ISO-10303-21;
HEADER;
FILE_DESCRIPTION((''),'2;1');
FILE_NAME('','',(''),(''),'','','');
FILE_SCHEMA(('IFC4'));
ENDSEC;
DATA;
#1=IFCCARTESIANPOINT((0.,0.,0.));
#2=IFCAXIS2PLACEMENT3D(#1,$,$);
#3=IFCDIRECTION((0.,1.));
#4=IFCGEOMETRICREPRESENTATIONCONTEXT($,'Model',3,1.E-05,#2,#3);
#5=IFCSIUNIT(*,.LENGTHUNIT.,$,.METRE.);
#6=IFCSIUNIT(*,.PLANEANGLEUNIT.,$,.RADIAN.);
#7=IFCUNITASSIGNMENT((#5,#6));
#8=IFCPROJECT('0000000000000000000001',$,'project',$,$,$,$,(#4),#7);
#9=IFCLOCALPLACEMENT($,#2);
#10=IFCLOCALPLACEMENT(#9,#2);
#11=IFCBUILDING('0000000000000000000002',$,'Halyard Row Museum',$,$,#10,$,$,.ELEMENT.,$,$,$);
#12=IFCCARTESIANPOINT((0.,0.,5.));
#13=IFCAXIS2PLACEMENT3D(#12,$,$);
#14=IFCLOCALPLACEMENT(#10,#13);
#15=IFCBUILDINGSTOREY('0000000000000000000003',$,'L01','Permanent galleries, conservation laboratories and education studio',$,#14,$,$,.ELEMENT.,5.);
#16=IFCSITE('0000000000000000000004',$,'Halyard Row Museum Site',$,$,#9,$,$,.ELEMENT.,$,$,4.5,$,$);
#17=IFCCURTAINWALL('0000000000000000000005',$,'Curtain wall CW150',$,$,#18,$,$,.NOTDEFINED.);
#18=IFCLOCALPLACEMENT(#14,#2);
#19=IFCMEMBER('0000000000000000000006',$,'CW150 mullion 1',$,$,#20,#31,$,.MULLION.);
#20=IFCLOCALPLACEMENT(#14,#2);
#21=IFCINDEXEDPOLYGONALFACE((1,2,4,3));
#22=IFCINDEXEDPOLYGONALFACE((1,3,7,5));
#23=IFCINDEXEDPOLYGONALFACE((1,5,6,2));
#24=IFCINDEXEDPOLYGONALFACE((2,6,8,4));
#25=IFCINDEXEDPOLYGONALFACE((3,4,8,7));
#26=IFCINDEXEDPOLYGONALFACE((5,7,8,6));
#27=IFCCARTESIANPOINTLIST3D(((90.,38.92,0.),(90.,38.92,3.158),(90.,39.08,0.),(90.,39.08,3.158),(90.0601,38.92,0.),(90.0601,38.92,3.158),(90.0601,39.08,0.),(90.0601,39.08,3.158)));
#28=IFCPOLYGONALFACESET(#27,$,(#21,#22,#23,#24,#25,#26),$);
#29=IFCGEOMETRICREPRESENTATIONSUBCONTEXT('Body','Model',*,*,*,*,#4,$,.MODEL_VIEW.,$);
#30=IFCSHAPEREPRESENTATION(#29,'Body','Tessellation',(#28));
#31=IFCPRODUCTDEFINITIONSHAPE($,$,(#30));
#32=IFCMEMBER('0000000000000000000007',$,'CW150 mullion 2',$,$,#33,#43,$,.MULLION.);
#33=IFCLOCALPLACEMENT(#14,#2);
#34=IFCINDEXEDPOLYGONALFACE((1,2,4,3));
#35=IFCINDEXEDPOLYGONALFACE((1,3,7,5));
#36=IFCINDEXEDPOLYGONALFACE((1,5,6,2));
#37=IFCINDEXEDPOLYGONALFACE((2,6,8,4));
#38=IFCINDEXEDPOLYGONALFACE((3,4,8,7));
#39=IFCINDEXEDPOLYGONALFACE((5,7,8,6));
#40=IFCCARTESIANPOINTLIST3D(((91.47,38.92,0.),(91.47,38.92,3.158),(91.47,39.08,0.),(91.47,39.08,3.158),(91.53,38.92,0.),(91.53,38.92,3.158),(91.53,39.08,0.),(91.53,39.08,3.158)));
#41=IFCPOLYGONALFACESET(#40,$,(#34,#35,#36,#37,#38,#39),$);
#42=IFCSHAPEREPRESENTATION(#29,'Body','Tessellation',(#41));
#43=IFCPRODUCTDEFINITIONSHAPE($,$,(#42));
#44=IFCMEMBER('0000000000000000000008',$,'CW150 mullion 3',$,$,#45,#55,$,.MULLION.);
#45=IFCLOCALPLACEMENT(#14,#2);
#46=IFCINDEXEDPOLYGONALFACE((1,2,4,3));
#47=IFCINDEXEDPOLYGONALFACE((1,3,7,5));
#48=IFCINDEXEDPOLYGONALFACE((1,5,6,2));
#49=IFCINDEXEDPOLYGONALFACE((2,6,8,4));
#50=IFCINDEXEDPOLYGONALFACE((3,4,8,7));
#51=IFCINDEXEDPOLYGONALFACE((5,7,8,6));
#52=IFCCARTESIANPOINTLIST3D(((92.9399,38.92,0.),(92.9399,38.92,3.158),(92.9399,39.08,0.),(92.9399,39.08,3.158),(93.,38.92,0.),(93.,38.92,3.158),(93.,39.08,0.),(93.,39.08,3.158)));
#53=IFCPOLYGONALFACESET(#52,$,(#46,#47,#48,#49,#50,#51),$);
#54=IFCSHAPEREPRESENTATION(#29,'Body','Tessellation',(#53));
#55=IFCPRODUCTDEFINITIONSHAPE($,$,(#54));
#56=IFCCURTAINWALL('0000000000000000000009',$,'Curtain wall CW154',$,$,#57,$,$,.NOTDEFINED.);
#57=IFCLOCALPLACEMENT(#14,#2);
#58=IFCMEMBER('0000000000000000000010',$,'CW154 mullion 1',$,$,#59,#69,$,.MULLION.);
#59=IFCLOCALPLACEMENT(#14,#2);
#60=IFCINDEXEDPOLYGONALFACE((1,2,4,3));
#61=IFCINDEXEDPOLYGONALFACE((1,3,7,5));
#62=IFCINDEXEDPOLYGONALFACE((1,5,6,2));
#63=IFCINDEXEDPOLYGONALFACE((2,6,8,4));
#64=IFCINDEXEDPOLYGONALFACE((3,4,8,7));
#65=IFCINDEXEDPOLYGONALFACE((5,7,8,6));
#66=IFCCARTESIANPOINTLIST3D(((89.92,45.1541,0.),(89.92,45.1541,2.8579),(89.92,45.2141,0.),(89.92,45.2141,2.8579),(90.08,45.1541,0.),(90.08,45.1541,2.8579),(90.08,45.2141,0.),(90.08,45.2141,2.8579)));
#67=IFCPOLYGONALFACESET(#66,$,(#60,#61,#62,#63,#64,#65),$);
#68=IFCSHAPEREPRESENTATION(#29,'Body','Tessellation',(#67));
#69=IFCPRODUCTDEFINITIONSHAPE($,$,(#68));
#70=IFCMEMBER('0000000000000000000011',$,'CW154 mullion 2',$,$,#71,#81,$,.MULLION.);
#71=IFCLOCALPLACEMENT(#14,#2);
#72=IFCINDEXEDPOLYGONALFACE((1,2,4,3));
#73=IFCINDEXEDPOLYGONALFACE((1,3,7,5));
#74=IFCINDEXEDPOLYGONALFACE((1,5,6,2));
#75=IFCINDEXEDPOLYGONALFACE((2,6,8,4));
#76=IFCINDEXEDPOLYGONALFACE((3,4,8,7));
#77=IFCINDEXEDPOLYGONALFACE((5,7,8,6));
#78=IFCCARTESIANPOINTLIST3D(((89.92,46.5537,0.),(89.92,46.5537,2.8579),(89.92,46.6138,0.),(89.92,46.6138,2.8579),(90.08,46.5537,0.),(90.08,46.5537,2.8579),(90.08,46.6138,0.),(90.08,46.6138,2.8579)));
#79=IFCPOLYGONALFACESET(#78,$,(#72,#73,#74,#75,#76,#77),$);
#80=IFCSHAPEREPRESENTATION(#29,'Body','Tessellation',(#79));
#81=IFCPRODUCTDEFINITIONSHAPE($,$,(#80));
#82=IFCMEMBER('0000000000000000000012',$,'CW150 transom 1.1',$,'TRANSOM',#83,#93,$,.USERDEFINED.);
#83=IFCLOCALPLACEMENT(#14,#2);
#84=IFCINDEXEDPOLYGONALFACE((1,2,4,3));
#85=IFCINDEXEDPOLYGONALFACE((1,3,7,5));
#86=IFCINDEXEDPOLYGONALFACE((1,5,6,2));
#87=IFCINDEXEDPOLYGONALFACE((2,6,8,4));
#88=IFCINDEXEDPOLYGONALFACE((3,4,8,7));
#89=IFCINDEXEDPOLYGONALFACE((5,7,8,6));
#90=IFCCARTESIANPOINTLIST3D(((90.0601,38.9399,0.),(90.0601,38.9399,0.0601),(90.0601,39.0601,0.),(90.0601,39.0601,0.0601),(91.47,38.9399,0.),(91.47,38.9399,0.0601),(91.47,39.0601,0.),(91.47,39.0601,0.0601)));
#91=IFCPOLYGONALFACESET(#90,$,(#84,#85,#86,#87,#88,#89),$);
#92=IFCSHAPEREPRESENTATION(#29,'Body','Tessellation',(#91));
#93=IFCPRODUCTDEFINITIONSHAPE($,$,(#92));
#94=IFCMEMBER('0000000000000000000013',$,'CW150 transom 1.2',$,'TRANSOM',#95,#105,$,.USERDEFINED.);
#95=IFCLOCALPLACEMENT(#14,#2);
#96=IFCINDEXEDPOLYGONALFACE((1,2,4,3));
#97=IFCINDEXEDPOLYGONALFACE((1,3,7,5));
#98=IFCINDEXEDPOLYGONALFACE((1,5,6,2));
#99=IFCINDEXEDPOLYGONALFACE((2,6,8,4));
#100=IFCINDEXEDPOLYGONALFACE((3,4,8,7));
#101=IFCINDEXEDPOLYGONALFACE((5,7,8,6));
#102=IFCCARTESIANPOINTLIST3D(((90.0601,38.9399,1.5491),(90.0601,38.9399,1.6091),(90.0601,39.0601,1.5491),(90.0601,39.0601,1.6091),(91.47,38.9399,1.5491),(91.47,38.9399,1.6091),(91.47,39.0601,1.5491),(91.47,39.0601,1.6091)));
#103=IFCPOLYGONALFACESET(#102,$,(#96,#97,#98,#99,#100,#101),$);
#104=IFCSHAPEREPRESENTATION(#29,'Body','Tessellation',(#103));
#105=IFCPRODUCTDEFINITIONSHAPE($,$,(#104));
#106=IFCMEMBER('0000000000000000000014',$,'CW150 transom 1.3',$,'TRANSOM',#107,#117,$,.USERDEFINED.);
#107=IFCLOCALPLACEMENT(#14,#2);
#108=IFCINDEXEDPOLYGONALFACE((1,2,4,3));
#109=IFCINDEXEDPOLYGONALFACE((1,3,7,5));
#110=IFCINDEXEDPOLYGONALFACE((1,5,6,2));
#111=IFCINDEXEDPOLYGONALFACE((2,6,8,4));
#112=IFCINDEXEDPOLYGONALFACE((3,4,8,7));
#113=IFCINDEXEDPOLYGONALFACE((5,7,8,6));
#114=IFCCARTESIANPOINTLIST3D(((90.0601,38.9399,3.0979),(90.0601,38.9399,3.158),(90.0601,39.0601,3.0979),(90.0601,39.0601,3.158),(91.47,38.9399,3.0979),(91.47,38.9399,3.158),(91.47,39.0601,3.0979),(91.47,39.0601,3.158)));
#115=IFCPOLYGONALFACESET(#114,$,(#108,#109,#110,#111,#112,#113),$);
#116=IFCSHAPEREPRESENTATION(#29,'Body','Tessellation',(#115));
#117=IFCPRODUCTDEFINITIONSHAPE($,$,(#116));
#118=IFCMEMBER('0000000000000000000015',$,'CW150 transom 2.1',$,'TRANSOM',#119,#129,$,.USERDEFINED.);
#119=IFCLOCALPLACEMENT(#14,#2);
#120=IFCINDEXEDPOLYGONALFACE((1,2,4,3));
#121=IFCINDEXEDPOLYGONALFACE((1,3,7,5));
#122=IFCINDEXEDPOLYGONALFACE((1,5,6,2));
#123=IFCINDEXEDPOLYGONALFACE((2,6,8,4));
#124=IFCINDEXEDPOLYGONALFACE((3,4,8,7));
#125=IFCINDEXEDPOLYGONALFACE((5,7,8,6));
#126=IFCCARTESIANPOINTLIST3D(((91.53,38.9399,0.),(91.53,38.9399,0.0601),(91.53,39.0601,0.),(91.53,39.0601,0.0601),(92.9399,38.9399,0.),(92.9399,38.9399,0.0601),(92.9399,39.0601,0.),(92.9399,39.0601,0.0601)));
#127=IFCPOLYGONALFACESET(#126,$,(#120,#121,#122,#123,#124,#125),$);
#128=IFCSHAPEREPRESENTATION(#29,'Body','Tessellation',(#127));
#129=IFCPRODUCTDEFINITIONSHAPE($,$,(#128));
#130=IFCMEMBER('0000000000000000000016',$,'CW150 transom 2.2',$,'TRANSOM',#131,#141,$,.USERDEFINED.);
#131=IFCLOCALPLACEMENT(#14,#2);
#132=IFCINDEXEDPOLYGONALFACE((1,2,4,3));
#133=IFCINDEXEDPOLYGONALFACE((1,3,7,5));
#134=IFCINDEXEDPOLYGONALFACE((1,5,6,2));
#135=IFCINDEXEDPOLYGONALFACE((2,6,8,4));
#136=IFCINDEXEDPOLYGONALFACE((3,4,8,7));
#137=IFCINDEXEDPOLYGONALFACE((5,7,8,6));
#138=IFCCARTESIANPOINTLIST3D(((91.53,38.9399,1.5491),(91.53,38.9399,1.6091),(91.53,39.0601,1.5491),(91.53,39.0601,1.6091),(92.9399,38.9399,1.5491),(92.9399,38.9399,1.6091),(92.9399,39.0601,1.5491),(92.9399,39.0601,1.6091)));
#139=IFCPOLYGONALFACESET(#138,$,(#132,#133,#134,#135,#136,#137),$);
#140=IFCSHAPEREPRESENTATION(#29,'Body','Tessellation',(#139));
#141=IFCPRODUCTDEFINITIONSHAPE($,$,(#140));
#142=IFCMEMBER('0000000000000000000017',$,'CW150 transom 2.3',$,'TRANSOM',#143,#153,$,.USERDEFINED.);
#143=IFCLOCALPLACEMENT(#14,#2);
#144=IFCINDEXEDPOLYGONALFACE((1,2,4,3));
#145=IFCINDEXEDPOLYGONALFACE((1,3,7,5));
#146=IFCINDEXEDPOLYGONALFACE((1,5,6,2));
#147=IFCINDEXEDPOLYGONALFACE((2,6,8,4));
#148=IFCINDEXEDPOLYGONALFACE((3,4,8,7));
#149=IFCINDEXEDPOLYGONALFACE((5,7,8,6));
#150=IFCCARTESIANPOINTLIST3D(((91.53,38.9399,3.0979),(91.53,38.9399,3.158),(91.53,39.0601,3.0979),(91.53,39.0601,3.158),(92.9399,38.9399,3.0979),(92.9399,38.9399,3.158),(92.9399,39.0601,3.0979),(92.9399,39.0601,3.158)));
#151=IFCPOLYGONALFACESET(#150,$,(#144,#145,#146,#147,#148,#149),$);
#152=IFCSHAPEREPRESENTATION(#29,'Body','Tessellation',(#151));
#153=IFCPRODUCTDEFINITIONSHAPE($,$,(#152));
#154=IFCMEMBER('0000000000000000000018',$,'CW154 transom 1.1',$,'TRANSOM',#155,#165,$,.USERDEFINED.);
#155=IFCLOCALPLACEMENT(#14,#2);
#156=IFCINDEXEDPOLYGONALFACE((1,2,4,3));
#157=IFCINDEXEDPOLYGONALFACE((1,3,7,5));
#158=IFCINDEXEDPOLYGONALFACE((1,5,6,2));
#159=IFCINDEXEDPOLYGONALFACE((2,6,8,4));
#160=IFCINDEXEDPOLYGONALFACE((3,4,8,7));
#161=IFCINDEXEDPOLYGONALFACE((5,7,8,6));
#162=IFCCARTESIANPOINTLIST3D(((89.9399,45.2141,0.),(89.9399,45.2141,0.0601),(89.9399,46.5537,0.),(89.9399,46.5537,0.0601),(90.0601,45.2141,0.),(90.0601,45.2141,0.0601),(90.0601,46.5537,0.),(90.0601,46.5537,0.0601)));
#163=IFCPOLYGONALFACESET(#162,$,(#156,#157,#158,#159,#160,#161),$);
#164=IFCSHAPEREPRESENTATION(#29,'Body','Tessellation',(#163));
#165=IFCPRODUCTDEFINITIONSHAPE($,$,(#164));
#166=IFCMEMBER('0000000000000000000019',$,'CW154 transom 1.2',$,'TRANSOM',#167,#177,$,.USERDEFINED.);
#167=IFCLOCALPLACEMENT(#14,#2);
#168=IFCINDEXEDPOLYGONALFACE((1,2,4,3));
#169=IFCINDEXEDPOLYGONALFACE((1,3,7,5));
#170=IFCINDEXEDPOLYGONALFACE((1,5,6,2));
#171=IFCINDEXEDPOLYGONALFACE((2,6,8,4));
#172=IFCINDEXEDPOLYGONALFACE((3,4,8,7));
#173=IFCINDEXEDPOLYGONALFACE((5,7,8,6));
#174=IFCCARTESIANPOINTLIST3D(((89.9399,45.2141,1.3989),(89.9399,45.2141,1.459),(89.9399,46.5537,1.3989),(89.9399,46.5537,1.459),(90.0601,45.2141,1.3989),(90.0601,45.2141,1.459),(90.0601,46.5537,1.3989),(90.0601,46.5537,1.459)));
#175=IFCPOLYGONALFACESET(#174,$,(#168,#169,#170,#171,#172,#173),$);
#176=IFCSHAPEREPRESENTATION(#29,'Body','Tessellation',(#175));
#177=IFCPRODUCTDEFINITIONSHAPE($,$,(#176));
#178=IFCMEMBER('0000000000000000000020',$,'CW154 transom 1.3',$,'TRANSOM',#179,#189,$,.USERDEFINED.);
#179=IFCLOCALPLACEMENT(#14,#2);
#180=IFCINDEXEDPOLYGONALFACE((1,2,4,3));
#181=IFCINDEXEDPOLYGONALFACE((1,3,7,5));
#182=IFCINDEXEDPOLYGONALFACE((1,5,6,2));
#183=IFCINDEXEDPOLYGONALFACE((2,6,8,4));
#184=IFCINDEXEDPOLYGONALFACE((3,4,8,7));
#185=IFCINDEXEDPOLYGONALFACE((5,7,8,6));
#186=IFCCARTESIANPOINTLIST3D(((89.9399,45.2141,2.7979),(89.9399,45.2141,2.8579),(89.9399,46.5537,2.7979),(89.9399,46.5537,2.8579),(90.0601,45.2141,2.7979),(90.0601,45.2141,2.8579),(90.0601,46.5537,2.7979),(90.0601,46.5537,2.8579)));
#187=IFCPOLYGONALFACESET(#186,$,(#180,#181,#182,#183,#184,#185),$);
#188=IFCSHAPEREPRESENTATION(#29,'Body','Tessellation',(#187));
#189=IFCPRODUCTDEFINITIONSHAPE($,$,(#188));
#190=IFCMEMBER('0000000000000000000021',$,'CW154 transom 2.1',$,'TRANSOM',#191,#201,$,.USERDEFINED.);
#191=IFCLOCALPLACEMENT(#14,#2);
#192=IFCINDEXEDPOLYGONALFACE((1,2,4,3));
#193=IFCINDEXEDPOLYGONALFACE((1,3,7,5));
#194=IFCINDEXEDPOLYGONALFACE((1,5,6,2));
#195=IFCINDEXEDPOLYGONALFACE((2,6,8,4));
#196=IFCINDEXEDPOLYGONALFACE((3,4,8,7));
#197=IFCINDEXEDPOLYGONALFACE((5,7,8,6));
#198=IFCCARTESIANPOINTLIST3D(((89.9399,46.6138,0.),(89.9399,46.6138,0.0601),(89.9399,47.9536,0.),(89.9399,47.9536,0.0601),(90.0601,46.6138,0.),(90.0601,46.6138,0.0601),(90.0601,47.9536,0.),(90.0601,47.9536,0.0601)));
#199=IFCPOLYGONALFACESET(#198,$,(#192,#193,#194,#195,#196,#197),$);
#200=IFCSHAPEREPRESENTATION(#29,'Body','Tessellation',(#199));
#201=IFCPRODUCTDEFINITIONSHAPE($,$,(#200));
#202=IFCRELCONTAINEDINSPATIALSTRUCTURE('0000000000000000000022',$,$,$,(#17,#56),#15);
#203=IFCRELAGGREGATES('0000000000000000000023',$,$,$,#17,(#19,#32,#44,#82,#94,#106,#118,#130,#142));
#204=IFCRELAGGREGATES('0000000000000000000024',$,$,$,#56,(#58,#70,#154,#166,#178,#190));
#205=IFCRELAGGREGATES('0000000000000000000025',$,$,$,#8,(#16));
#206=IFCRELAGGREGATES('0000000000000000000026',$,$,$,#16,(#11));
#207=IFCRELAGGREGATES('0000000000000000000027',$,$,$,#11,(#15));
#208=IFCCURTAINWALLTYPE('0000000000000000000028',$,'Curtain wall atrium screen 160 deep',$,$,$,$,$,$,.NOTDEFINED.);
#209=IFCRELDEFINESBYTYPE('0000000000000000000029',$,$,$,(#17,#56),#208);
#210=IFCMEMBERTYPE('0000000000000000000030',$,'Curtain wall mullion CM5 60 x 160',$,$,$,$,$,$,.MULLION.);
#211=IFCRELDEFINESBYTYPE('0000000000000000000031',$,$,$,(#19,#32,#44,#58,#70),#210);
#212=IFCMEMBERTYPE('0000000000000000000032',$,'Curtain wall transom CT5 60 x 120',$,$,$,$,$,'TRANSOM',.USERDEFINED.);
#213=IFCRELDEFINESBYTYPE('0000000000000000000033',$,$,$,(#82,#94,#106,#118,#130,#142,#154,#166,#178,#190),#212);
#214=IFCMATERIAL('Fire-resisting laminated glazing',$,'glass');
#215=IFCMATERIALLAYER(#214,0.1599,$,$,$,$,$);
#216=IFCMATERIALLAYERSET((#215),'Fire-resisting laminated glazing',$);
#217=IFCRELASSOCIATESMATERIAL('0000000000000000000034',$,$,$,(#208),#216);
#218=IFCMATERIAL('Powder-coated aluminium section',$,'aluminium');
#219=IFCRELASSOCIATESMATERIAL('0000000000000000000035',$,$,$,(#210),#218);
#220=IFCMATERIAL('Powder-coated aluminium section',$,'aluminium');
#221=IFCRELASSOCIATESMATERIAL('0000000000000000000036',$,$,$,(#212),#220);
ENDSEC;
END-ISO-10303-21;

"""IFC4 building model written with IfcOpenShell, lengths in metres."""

from ifc_helpers import new_model, si_unit, direction, frame, origin, origin_2d, place, context, subcontext, project, spatial, rectangle, extrude, material, layer, layer_set, material_profile, profile_set, type_object, element, aggregate, save


model = new_model("IFC4")

# Units and contexts
model_context = context("Model", 3, precision=1e-05, world=origin(), true_north=direction((0.0, 1.0)))
body_context = subcontext(model_context, "Body", "Model", "MODEL_VIEW")
ifc_project = project(units=[si_unit("LENGTHUNIT", "METRE"), si_unit("PLANEANGLEUNIT", "RADIAN")], contexts=[model_context])

# Site, building, storey
site_placement = place(None, origin())
site = spatial("IfcSite", under=ifc_project, at=site_placement, Name="Halyard Row Museum Site", CompositionType="ELEMENT", RefElevation=4.5)
building_placement = place(site_placement, origin())
building = spatial("IfcBuilding", under=site, at=building_placement, Name="Halyard Row Museum", CompositionType="ELEMENT")
storey_placement = place(building_placement, frame((0.0, 0.0, 5.0)))
storey = spatial("IfcBuildingStorey", under=building, at=storey_placement, Name="L01", Description="Permanent galleries, conservation laboratories and education studio", CompositionType="ELEMENT", Elevation=5.0)

# Curtain walls, members
ifc_material_1 = material(Name="Fire-resisting laminated glazing", Category="glass")
ifc_layer_1 = layer(ifc_material_1, 0.1599)
ifc_layer_set_1 = layer_set([ifc_layer_1], Name="Fire-resisting laminated glazing")
curtain_wall_type = type_object("IfcCurtainWallType", Name="Curtain wall atrium screen 160 deep", PredefinedType="NOTDEFINED", material=ifc_layer_set_1)
curtain_wall_1_placement = place(storey_placement, origin())
curtain_wall_1 = element("IfcCurtainWall", 1, at=curtain_wall_1_placement, inside=storey, type_object=curtain_wall_type, Name="Curtain wall CW150", PredefinedType="NOTDEFINED")
ifc_material_2 = material(Name="Powder-coated aluminium section", Category="aluminium")
ifc_material_profile_1 = material_profile(ifc_material_2, rectangle(XDim=0.1599, YDim=0.0601, at=origin_2d()), Name="160x60 mullion")
ifc_profile_set_1 = profile_set([ifc_material_profile_1], Name="Powder-coated aluminium section")
member_type_1 = type_object("IfcMemberType", Name="Curtain wall mullion CM5 60 x 160", PredefinedType="MULLION", material=ifc_profile_set_1)
member_1_placement = place(storey_placement, frame((90.03, 39.0, 0.0), z_axis=(0.0, 0.0, 1.0), x_axis=(0.0, 1.0, 0.0)))
member_1 = element("IfcMember", 2, at=member_1_placement, type_object=member_type_1, Name="CW150 mullion 1", PredefinedType="MULLION", context=body_context, shape_type="SweptSolid", body=[
    extrude(rectangle(XDim=0.1599, YDim=0.0601, at=origin_2d()), origin(), (0.0, 0.0, 1.0), 3.158),
])
member_2_placement = place(storey_placement, frame((91.5, 39.0, 0.0), z_axis=(0.0, 0.0, 1.0), x_axis=(0.0, 1.0, 0.0)))
member_2 = element("IfcMember", 3, at=member_2_placement, type_object=member_type_1, Name="CW150 mullion 2", PredefinedType="MULLION", context=body_context, shape_type="SweptSolid", body=[
    extrude(rectangle(XDim=0.1599, YDim=0.0601, at=origin_2d()), origin(), (0.0, 0.0, 1.0), 3.158),
])
member_3_placement = place(storey_placement, frame((92.97, 39.0, 0.0), z_axis=(0.0, 0.0, 1.0), x_axis=(0.0, 1.0, 0.0)))
member_3 = element("IfcMember", 4, at=member_3_placement, type_object=member_type_1, Name="CW150 mullion 3", PredefinedType="MULLION", context=body_context, shape_type="SweptSolid", body=[
    extrude(rectangle(XDim=0.1599, YDim=0.0601, at=origin_2d()), origin(), (0.0, 0.0, 1.0), 3.158),
])
curtain_wall_2_placement = place(storey_placement, origin())
curtain_wall_2 = element("IfcCurtainWall", 5, at=curtain_wall_2_placement, inside=storey, type_object=curtain_wall_type, Name="Curtain wall CW154", PredefinedType="NOTDEFINED")
member_4_placement = place(storey_placement, frame((90.0, 45.1841, 0.0), z_axis=(0.0, 0.0, 1.0), x_axis=(-1.0, 0.0, 0.0)))
member_4 = element("IfcMember", 6, at=member_4_placement, type_object=member_type_1, Name="CW154 mullion 1", PredefinedType="MULLION", context=body_context, shape_type="SweptSolid", body=[
    extrude(rectangle(XDim=0.1599, YDim=0.0601, at=origin_2d()), origin(), (0.0, 0.0, 1.0), 2.8579),
])
member_5_placement = place(storey_placement, frame((90.0, 46.5837, 0.0), z_axis=(0.0, 0.0, 1.0), x_axis=(-1.0, 0.0, 0.0)))
member_5 = element("IfcMember", 7, at=member_5_placement, type_object=member_type_1, Name="CW154 mullion 2", PredefinedType="MULLION", context=body_context, shape_type="SweptSolid", body=[
    extrude(rectangle(XDim=0.1599, YDim=0.0601, at=origin_2d()), origin(), (0.0, 0.0, 1.0), 2.8579),
])

# Members
ifc_material_3 = material(Name="Powder-coated aluminium section", Category="aluminium")
ifc_material_profile_2 = material_profile(ifc_material_3, rectangle(XDim=0.1201, YDim=0.0601, at=origin_2d()), Name="120x60 transom")
ifc_profile_set_2 = profile_set([ifc_material_profile_2], Name="Powder-coated aluminium section")
member_type_2 = type_object("IfcMemberType", Name="Curtain wall transom CT5 60 x 120", ElementType="TRANSOM", PredefinedType="USERDEFINED", material=ifc_profile_set_2)
member_6_placement = place(storey_placement, frame((90.0601, 39.0, 0.03), z_axis=(1.0, 0.0, 0.0), x_axis=(0.0, 1.0, 0.0)))
member_6 = element("IfcMember", 8, at=member_6_placement, type_object=member_type_2, Name="CW150 transom 1.1", ObjectType="TRANSOM", PredefinedType="USERDEFINED", context=body_context, shape_type="SweptSolid", body=[
    extrude(rectangle(XDim=0.1201, YDim=0.0601, at=origin_2d()), origin(), (0.0, 0.0, 1.0), 1.4099),
])
member_7_placement = place(storey_placement, frame((90.0601, 39.0, 1.5791), z_axis=(1.0, 0.0, 0.0), x_axis=(0.0, 1.0, 0.0)))
member_7 = element("IfcMember", 9, at=member_7_placement, type_object=member_type_2, Name="CW150 transom 1.2", ObjectType="TRANSOM", PredefinedType="USERDEFINED", context=body_context, shape_type="SweptSolid", body=[
    extrude(rectangle(XDim=0.1201, YDim=0.0601, at=origin_2d()), origin(), (0.0, 0.0, 1.0), 1.4099),
])
member_8_placement = place(storey_placement, frame((90.0601, 39.0, 3.1279), z_axis=(1.0, 0.0, 0.0), x_axis=(0.0, 1.0, 0.0)))
member_8 = element("IfcMember", 10, at=member_8_placement, type_object=member_type_2, Name="CW150 transom 1.3", ObjectType="TRANSOM", PredefinedType="USERDEFINED", context=body_context, shape_type="SweptSolid", body=[
    extrude(rectangle(XDim=0.1201, YDim=0.0601, at=origin_2d()), origin(), (0.0, 0.0, 1.0), 1.4099),
])
member_9_placement = place(storey_placement, frame((91.53, 39.0, 0.03), z_axis=(1.0, 0.0, 0.0), x_axis=(0.0, 1.0, 0.0)))
member_9 = element("IfcMember", 11, at=member_9_placement, type_object=member_type_2, Name="CW150 transom 2.1", ObjectType="TRANSOM", PredefinedType="USERDEFINED", context=body_context, shape_type="SweptSolid", body=[
    extrude(rectangle(XDim=0.1201, YDim=0.0601, at=origin_2d()), origin(), (0.0, 0.0, 1.0), 1.4099),
])
member_10_placement = place(storey_placement, frame((91.53, 39.0, 1.5791), z_axis=(1.0, 0.0, 0.0), x_axis=(0.0, 1.0, 0.0)))
member_10 = element("IfcMember", 12, at=member_10_placement, type_object=member_type_2, Name="CW150 transom 2.2", ObjectType="TRANSOM", PredefinedType="USERDEFINED", context=body_context, shape_type="SweptSolid", body=[
    extrude(rectangle(XDim=0.1201, YDim=0.0601, at=origin_2d()), origin(), (0.0, 0.0, 1.0), 1.4099),
])
member_11_placement = place(storey_placement, frame((91.53, 39.0, 3.1279), z_axis=(1.0, 0.0, 0.0), x_axis=(0.0, 1.0, 0.0)))
member_11 = element("IfcMember", 13, at=member_11_placement, type_object=member_type_2, Name="CW150 transom 2.3", ObjectType="TRANSOM", PredefinedType="USERDEFINED", context=body_context, shape_type="SweptSolid", body=[
    extrude(rectangle(XDim=0.1201, YDim=0.0601, at=origin_2d()), origin(), (0.0, 0.0, 1.0), 1.4099),
])
member_12_placement = place(storey_placement, frame((90.0, 45.2141, 0.03), z_axis=(0.0, 1.0, 0.0), x_axis=(-1.0, 0.0, 0.0)))
member_12 = element("IfcMember", 14, at=member_12_placement, type_object=member_type_2, Name="CW154 transom 1.1", ObjectType="TRANSOM", PredefinedType="USERDEFINED", context=body_context, shape_type="SweptSolid", body=[
    extrude(rectangle(XDim=0.1201, YDim=0.0601, at=origin_2d()), origin(), (0.0, 0.0, 1.0), 1.3396),
])
member_13_placement = place(storey_placement, frame((90.0, 45.2141, 1.429), z_axis=(0.0, 1.0, 0.0), x_axis=(-1.0, 0.0, 0.0)))
member_13 = element("IfcMember", 15, at=member_13_placement, type_object=member_type_2, Name="CW154 transom 1.2", ObjectType="TRANSOM", PredefinedType="USERDEFINED", context=body_context, shape_type="SweptSolid", body=[
    extrude(rectangle(XDim=0.1201, YDim=0.0601, at=origin_2d()), origin(), (0.0, 0.0, 1.0), 1.3396),
])
member_14_placement = place(storey_placement, frame((90.0, 45.2141, 2.8279), z_axis=(0.0, 1.0, 0.0), x_axis=(-1.0, 0.0, 0.0)))
member_14 = element("IfcMember", 16, at=member_14_placement, type_object=member_type_2, Name="CW154 transom 1.3", ObjectType="TRANSOM", PredefinedType="USERDEFINED", context=body_context, shape_type="SweptSolid", body=[
    extrude(rectangle(XDim=0.1201, YDim=0.0601, at=origin_2d()), origin(), (0.0, 0.0, 1.0), 1.3396),
])
member_15_placement = place(storey_placement, frame((90.0, 46.6138, 0.03), z_axis=(0.0, 1.0, 0.0), x_axis=(-1.0, 0.0, 0.0)))
member_15 = element("IfcMember", 17, at=member_15_placement, type_object=member_type_2, Name="CW154 transom 2.1", ObjectType="TRANSOM", PredefinedType="USERDEFINED", context=body_context, shape_type="SweptSolid", body=[
    extrude(rectangle(XDim=0.1201, YDim=0.0601, at=origin_2d()), origin(), (0.0, 0.0, 1.0), 1.3398),
])

aggregate(curtain_wall_1, [member_1, member_2, member_3, member_6, member_7, member_8, member_9, member_10, member_11])
aggregate(curtain_wall_2, [member_4, member_5, member_12, member_13, member_14, member_15])

save(model, "model.ifc")
